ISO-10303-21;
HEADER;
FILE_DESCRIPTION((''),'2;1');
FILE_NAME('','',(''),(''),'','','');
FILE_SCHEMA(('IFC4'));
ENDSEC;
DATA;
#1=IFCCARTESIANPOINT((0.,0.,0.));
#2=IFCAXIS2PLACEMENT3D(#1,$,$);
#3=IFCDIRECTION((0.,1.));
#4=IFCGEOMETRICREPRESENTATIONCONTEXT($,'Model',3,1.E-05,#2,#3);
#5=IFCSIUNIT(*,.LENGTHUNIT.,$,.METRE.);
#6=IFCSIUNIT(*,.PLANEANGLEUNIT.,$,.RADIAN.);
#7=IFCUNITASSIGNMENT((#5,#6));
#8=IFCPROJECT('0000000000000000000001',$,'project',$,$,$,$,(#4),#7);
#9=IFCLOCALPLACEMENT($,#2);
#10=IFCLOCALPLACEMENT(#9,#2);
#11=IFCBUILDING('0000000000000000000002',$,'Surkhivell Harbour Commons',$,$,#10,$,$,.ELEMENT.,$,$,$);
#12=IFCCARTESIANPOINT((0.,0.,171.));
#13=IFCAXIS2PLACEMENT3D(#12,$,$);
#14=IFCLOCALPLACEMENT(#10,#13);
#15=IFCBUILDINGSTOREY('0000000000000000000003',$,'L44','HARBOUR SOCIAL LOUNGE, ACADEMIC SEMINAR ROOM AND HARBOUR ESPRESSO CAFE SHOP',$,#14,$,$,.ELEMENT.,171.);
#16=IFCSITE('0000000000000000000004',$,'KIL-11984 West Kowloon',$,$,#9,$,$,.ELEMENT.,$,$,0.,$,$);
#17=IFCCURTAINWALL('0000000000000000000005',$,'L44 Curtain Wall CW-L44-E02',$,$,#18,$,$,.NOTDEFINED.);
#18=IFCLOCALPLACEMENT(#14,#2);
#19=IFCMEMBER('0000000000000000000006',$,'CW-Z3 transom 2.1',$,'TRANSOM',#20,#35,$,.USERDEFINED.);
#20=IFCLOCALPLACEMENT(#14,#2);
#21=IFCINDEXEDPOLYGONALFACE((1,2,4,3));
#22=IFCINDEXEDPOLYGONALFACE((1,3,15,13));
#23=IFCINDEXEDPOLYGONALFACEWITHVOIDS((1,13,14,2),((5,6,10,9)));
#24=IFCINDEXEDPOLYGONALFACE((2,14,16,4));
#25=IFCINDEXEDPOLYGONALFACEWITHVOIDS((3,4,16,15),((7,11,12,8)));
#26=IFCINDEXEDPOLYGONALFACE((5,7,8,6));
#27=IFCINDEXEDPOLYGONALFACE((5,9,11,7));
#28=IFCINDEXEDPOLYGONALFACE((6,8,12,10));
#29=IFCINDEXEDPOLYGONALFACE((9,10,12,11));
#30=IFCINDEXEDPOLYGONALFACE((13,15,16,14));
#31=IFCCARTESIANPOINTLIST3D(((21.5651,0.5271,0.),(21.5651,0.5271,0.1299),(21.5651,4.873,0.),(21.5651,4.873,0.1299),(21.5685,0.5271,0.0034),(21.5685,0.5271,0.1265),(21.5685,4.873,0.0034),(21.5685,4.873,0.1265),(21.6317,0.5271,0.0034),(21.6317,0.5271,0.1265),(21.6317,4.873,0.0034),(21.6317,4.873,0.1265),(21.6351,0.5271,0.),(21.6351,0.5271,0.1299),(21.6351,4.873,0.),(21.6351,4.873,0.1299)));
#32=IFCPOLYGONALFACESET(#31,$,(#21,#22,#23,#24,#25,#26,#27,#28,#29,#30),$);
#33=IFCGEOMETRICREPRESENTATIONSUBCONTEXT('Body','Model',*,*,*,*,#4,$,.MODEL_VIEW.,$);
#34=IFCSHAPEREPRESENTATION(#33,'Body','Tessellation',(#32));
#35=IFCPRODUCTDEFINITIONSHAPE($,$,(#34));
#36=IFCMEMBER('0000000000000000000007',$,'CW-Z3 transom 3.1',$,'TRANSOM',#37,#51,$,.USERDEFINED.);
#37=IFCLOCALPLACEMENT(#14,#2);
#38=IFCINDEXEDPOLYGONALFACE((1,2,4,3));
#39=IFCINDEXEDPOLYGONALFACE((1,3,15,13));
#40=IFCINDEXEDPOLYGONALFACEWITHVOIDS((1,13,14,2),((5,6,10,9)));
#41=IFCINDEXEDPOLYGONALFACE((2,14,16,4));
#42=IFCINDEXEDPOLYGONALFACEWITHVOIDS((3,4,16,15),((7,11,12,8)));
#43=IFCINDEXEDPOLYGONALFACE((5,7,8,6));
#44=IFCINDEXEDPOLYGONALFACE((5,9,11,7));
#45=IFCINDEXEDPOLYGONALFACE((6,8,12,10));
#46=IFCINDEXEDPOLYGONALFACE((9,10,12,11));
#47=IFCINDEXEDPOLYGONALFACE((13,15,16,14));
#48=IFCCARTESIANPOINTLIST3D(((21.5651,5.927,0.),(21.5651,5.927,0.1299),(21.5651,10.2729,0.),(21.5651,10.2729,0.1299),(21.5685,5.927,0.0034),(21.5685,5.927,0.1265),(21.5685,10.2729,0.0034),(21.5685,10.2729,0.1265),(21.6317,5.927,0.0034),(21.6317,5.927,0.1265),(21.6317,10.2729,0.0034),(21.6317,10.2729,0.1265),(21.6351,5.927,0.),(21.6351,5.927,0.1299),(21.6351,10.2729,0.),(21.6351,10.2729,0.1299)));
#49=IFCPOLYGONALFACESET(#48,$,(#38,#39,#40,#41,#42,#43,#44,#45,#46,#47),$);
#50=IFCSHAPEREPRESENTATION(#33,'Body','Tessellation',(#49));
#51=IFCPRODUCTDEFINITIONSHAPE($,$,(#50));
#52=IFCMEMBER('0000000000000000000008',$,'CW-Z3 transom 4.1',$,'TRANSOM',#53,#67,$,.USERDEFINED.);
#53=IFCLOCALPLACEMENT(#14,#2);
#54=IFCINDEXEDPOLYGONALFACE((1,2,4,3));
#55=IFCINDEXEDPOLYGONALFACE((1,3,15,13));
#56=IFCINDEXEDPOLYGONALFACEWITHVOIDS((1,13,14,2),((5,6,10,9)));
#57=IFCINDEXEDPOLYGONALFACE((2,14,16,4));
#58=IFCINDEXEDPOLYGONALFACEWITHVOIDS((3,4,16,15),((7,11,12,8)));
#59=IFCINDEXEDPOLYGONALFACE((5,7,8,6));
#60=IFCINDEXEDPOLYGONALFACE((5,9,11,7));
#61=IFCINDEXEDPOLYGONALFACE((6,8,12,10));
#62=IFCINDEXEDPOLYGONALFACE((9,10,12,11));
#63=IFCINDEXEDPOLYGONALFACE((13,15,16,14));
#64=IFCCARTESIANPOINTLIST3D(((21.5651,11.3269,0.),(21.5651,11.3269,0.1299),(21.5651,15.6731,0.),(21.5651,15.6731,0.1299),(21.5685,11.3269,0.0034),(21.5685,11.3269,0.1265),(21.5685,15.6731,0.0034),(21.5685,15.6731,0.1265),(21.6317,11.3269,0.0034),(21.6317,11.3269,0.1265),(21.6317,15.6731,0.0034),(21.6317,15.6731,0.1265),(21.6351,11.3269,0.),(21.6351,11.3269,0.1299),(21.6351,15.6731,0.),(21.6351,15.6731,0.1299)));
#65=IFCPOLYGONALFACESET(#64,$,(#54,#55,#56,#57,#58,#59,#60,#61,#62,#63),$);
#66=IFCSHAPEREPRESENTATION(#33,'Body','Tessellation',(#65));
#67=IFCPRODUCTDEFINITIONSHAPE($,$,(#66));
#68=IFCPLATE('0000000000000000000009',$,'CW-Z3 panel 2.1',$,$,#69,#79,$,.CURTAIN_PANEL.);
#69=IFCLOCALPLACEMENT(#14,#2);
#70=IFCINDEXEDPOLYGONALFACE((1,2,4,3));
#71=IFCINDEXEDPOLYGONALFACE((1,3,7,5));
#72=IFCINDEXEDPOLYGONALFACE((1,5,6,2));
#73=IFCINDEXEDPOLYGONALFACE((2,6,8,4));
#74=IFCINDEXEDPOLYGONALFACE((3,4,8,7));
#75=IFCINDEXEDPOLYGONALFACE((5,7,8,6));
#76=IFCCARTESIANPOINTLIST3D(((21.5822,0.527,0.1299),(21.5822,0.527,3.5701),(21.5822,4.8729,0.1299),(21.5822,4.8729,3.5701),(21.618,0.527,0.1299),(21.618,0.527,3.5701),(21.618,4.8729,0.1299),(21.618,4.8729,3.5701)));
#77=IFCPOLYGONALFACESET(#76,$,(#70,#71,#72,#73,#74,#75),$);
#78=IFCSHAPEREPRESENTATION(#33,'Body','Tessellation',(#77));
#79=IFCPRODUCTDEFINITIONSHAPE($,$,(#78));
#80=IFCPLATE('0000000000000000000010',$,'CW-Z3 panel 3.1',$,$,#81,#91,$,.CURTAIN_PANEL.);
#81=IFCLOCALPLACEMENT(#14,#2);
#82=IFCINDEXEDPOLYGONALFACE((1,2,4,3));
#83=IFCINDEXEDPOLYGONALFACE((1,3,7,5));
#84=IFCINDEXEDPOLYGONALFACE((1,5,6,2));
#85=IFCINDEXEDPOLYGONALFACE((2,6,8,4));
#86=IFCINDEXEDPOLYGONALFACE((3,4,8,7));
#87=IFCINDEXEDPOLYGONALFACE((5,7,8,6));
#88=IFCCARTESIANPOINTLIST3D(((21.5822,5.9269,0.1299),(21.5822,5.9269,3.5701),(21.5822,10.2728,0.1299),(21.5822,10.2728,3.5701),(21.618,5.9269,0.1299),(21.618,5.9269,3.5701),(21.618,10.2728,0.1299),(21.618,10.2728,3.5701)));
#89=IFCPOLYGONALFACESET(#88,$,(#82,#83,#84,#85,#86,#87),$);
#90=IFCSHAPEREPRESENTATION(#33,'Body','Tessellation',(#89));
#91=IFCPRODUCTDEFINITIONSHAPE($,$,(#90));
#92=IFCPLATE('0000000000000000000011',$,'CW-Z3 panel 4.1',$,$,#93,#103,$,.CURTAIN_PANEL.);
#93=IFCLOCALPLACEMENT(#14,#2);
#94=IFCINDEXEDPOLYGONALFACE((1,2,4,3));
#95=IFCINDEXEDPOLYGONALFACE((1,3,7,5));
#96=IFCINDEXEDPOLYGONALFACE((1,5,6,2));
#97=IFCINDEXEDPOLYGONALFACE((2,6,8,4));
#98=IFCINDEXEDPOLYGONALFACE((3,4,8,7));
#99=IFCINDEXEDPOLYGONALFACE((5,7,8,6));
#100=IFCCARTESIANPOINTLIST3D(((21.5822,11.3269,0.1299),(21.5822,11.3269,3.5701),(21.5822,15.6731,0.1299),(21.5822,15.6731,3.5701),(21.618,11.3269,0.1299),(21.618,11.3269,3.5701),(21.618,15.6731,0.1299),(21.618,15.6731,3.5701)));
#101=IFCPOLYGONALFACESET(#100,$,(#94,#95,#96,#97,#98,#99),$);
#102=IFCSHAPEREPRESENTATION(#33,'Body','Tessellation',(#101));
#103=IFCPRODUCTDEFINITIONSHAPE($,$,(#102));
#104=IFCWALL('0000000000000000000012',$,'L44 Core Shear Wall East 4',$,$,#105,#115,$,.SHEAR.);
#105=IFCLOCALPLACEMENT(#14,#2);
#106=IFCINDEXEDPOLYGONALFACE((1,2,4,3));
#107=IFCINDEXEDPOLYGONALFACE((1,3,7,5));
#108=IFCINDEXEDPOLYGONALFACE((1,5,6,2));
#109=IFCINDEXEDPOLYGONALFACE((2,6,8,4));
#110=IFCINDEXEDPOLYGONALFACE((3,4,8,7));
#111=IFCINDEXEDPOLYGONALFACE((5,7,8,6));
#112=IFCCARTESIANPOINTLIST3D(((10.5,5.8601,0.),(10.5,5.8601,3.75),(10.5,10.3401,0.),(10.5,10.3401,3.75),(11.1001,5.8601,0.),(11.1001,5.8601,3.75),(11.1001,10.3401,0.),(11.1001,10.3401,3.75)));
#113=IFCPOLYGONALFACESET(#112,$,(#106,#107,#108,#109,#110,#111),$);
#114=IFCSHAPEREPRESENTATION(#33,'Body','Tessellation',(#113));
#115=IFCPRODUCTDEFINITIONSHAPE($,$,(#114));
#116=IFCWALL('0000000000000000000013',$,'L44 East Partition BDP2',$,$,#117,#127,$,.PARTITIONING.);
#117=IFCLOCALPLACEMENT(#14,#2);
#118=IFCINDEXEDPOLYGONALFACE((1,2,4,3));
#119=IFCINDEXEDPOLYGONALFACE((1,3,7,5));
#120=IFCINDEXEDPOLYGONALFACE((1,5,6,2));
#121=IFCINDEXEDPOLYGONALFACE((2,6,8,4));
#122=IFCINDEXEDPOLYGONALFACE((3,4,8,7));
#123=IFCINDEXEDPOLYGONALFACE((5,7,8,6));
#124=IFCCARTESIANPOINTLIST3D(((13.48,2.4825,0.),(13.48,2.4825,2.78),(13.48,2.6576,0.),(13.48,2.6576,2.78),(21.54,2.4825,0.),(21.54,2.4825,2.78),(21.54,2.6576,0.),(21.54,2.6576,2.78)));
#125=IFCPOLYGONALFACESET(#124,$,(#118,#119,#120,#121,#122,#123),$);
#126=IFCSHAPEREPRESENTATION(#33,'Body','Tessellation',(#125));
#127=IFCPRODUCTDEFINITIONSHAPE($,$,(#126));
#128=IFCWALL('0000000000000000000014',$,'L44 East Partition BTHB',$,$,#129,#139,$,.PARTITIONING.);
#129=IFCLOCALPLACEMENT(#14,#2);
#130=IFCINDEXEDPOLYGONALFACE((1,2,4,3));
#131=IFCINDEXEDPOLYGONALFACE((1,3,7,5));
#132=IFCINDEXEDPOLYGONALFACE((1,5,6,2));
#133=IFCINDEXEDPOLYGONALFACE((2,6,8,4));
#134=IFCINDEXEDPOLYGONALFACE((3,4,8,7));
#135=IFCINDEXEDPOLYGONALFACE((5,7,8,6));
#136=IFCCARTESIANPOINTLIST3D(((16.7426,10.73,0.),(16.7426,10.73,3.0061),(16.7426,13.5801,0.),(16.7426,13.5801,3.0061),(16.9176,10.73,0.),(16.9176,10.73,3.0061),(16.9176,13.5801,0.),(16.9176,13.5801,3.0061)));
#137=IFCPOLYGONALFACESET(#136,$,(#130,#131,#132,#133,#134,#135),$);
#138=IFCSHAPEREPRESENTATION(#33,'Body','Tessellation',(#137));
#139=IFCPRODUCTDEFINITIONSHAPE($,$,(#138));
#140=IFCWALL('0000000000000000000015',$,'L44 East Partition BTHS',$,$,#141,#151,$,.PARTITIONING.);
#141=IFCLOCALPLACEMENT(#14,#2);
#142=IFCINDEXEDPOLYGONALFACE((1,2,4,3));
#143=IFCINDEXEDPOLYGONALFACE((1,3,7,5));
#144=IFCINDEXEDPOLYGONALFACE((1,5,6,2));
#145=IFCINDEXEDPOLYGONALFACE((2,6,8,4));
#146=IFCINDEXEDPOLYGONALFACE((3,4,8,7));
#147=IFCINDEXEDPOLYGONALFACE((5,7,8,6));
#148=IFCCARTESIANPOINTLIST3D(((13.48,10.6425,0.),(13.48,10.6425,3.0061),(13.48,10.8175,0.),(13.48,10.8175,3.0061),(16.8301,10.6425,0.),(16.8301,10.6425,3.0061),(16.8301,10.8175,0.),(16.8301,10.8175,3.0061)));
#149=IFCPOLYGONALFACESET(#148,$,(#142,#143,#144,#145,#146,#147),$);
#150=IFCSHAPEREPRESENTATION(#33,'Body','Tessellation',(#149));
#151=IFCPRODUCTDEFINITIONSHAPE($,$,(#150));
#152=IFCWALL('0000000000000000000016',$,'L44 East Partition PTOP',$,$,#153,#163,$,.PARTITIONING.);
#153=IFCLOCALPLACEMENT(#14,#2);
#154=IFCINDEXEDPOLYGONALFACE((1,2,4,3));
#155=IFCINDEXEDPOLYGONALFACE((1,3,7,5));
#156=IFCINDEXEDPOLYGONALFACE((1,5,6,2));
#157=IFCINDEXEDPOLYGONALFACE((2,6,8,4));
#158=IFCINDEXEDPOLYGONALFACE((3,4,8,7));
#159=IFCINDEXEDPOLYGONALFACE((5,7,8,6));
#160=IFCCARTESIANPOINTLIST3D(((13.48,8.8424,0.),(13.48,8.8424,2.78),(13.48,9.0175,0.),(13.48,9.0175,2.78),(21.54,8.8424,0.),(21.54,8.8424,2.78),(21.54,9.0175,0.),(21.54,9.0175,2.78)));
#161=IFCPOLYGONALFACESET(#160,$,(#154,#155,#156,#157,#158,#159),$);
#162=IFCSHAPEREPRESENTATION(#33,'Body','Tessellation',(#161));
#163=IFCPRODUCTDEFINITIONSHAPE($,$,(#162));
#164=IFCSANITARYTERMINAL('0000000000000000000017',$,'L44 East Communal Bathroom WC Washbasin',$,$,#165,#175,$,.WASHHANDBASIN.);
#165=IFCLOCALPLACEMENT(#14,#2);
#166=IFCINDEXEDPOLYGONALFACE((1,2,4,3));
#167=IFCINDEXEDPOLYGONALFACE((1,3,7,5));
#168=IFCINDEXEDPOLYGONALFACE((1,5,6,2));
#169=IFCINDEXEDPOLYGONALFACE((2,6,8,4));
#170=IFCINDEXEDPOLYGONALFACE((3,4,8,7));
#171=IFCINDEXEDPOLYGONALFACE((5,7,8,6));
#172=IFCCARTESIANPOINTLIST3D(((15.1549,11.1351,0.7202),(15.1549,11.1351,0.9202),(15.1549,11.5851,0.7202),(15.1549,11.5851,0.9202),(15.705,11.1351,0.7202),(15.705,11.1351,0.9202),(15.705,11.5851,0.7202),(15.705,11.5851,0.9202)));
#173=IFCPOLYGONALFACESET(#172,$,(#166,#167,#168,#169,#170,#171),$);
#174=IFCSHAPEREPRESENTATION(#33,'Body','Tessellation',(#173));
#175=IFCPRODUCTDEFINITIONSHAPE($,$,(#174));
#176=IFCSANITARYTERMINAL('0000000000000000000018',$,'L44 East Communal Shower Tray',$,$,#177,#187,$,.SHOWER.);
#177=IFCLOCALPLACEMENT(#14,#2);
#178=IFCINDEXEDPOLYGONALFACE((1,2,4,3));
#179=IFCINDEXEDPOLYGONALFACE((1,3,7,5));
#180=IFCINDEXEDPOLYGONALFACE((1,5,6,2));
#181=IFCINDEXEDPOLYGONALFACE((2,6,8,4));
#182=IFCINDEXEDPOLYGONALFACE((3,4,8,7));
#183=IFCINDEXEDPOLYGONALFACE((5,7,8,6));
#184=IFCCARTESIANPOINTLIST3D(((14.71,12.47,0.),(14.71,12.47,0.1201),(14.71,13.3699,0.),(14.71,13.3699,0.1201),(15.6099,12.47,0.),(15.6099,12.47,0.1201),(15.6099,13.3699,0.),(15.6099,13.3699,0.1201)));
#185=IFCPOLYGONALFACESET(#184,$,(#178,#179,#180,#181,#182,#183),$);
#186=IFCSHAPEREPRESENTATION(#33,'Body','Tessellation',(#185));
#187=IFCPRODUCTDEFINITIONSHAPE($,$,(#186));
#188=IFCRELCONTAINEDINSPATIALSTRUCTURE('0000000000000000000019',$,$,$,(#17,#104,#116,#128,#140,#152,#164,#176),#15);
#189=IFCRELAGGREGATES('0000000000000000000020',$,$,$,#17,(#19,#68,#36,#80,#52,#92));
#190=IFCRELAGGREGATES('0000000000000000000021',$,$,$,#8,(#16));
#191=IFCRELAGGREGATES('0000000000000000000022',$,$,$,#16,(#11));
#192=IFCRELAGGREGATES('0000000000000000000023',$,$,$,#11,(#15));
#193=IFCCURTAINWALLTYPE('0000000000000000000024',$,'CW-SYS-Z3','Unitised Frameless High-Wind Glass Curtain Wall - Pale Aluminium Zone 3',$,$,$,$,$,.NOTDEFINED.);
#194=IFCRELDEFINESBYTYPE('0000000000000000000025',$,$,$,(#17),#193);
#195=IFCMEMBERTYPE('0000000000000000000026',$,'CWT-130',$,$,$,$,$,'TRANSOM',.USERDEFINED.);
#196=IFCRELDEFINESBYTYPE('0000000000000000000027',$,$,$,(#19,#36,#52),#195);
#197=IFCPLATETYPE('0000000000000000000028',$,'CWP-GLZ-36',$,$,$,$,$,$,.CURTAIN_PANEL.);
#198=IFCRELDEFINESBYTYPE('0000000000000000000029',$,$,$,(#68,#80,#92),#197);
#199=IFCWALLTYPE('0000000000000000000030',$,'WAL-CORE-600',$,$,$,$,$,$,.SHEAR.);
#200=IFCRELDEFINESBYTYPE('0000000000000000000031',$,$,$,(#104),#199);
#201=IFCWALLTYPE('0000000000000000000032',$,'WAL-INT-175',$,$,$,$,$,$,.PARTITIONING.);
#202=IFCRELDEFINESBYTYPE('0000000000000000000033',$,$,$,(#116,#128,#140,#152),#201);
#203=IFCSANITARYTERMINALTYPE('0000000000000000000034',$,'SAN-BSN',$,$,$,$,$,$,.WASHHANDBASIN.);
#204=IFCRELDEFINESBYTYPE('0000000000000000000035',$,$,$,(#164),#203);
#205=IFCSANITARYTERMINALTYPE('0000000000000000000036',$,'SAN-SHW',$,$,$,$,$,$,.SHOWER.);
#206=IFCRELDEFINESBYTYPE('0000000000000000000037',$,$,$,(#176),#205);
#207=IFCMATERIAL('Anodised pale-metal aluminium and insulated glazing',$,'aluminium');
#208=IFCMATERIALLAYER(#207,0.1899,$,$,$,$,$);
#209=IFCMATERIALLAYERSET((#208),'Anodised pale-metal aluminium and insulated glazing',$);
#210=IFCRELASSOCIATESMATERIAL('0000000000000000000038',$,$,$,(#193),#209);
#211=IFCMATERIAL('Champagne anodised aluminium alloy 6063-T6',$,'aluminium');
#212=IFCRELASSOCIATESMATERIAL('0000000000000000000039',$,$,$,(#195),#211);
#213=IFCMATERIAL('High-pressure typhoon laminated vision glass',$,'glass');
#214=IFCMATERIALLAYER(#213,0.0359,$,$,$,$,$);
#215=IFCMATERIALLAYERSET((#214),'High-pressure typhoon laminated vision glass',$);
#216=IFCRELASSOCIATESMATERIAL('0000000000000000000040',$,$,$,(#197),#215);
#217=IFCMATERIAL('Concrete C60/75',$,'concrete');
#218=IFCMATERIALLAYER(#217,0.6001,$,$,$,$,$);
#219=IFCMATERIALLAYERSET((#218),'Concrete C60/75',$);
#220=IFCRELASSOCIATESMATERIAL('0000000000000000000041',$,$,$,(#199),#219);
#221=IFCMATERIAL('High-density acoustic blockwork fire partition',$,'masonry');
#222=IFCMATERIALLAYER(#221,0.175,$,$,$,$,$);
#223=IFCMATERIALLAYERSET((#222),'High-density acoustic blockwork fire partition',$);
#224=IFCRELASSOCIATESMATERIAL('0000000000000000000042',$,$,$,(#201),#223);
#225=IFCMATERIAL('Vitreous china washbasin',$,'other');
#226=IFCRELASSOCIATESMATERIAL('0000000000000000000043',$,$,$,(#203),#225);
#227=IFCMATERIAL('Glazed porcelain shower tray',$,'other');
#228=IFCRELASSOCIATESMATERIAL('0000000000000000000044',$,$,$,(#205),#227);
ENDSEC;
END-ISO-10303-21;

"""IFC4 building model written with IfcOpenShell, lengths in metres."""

from ifc_helpers import new_model, si_unit, direction, frame, frame_2d, origin, origin_2d, place, context, subcontext, project, spatial, rectangle, hollow_rectangle, extrude, material, layer, layer_set, material_profile, profile_set, type_object, element, aggregate, save


model = new_model("IFC4")

# Units and contexts
model_context = context("Model", 3, precision=1e-05, world=origin(), true_north=direction((0.0, 1.0)))
body_context = subcontext(model_context, "Body", "Model", "MODEL_VIEW")
ifc_project = project(units=[si_unit("LENGTHUNIT", "METRE"), si_unit("PLANEANGLEUNIT", "RADIAN")], contexts=[model_context])

# Site, building, storey
site_placement = place(None, origin())
site = spatial("IfcSite", under=ifc_project, at=site_placement, Name="KIL-11984 West Kowloon", CompositionType="ELEMENT", RefElevation=0.0)
building_placement = place(site_placement, origin())
building = spatial("IfcBuilding", under=site, at=building_placement, Name="Surkhivell Harbour Commons", CompositionType="ELEMENT")
storey_placement = place(building_placement, frame((0.0, 0.0, 171.0)))
storey = spatial("IfcBuildingStorey", under=building, at=storey_placement, Name="L44", Description="HARBOUR SOCIAL LOUNGE, ACADEMIC SEMINAR ROOM AND HARBOUR ESPRESSO CAFE SHOP", CompositionType="ELEMENT", Elevation=171.0)

# Shared definitions
ifc_material_1 = material(Name="Concrete C60/75", Category="concrete")

# Curtain wall, members, plates
ifc_material_2 = material(Name="Anodised pale-metal aluminium and insulated glazing", Category="aluminium")
ifc_layer_1 = layer(ifc_material_2, 0.1899)
ifc_layer_set_1 = layer_set([ifc_layer_1], Name="Anodised pale-metal aluminium and insulated glazing")
curtain_wall_type = type_object("IfcCurtainWallType", Name="CW-SYS-Z3", Description="Unitised Frameless High-Wind Glass Curtain Wall - Pale Aluminium Zone 3", PredefinedType="NOTDEFINED", material=ifc_layer_set_1)
curtain_wall_placement = place(storey_placement, origin())
curtain_wall = element("IfcCurtainWall", 1, at=curtain_wall_placement, inside=storey, type_object=curtain_wall_type, Name="L44 Curtain Wall CW-L44-E02", PredefinedType="NOTDEFINED")
ifc_material_3 = material(Name="Champagne anodised aluminium alloy 6063-T6", Category="aluminium")
ifc_material_profile_1 = material_profile(ifc_material_3, hollow_rectangle(XDim=0.0701, YDim=0.1299, WallThickness=0.0034, at=origin_2d()), Name="ALU-TRAN-70x130")
ifc_profile_set_1 = profile_set([ifc_material_profile_1], Name="Champagne anodised aluminium alloy 6063-T6")
member_type_1 = type_object("IfcMemberType", Name="CWT-130", ElementType="TRANSOM", PredefinedType="USERDEFINED", material=ifc_profile_set_1)
member_1_placement = place(storey_placement, frame((21.6001, 0.5271, 0.0649), z_axis=(0.0, 1.0, 0.0), x_axis=(-1.0, 0.0, 0.0)))
member_1 = element("IfcMember", 2, at=member_1_placement, type_object=member_type_1, Name="CW-Z3 transom 2.1", ObjectType="TRANSOM", PredefinedType="USERDEFINED", context=body_context, shape_type="SweptSolid", body=[
    extrude(hollow_rectangle(XDim=0.0701, YDim=0.1299, WallThickness=0.0034, at=origin_2d()), origin(), (0.0, 0.0, 1.0), 4.3459),
])
member_2_placement = place(storey_placement, frame((21.6001, 5.927, 0.0649), z_axis=(0.0, 1.0, 0.0), x_axis=(-1.0, 0.0, 0.0)))
member_2 = element("IfcMember", 3, at=member_2_placement, type_object=member_type_1, Name="CW-Z3 transom 3.1", ObjectType="TRANSOM", PredefinedType="USERDEFINED", context=body_context, shape_type="SweptSolid", body=[
    extrude(hollow_rectangle(XDim=0.0701, YDim=0.1299, WallThickness=0.0034, at=origin_2d()), origin(), (0.0, 0.0, 1.0), 4.3459),
])
member_3_placement = place(storey_placement, frame((21.6001, 11.3269, 0.0649), z_axis=(0.0, 1.0, 0.0), x_axis=(-1.0, 0.0, 0.0)))
member_3 = element("IfcMember", 4, at=member_3_placement, type_object=member_type_1, Name="CW-Z3 transom 4.1", ObjectType="TRANSOM", PredefinedType="USERDEFINED", context=body_context, shape_type="SweptSolid", body=[
    extrude(hollow_rectangle(XDim=0.0701, YDim=0.1299, WallThickness=0.0034, at=origin_2d()), origin(), (0.0, 0.0, 1.0), 4.3462),
])
ifc_material_4 = material(Name="High-pressure typhoon laminated vision glass", Category="glass")
ifc_layer_2 = layer(ifc_material_4, 0.0359)
ifc_layer_set_2 = layer_set([ifc_layer_2], Name="High-pressure typhoon laminated vision glass")
plate_type = type_object("IfcPlateType", Name="CWP-GLZ-36", PredefinedType="CURTAIN_PANEL", material=ifc_layer_set_2)
plate_1_placement = place(storey_placement, frame((21.6001, 0.5271, 0.1299), z_axis=(0.0, 0.0, 1.0), x_axis=(0.0, 1.0, 0.0)))
plate_1 = element("IfcPlate", 5, at=plate_1_placement, type_object=plate_type, Name="CW-Z3 panel 2.1", PredefinedType="CURTAIN_PANEL", context=body_context, shape_type="SweptSolid", body=[
    extrude(rectangle(XDim=4.3459, YDim=0.0359, at=frame_2d((2.1729, 0.0))), origin(), (0.0, 0.0, 1.0), 3.4402),
])
plate_2_placement = place(storey_placement, frame((21.6001, 5.927, 0.1299), z_axis=(0.0, 0.0, 1.0), x_axis=(0.0, 1.0, 0.0)))
plate_2 = element("IfcPlate", 6, at=plate_2_placement, type_object=plate_type, Name="CW-Z3 panel 3.1", PredefinedType="CURTAIN_PANEL", context=body_context, shape_type="SweptSolid", body=[
    extrude(rectangle(XDim=4.3459, YDim=0.0359, at=frame_2d((2.1729, 0.0))), origin(), (0.0, 0.0, 1.0), 3.4402),
])
plate_3_placement = place(storey_placement, frame((21.6001, 11.3269, 0.1299), z_axis=(0.0, 0.0, 1.0), x_axis=(0.0, 1.0, 0.0)))
plate_3 = element("IfcPlate", 7, at=plate_3_placement, type_object=plate_type, Name="CW-Z3 panel 4.1", PredefinedType="CURTAIN_PANEL", context=body_context, shape_type="SweptSolid", body=[
    extrude(rectangle(XDim=4.3462, YDim=0.0359, at=frame_2d((2.1731, 0.0))), origin(), (0.0, 0.0, 1.0), 3.4402),
])
aggregate(curtain_wall, [member_1, plate_1, member_2, plate_2, member_3, plate_3])

# Walls
ifc_layer_3 = layer(ifc_material_1, 0.6001)
ifc_layer_set_3 = layer_set([ifc_layer_3], Name="Concrete C60/75")
wall_type_1 = type_object("IfcWallType", Name="WAL-CORE-600", PredefinedType="SHEAR", material=ifc_layer_set_3)
wall_1_placement = place(storey_placement, frame((10.8, 5.8601, 0.0), z_axis=(0.0, 0.0, 1.0), x_axis=(0.0, 1.0, 0.0)))
element("IfcWall", 8, at=wall_1_placement, inside=storey, type_object=wall_type_1, Name="L44 Core Shear Wall East 4", PredefinedType="SHEAR", context=body_context, shape_type="SweptSolid", body=[
    extrude(rectangle(XDim=4.48, YDim=0.6001, at=frame_2d((2.24, 0.0))), origin(), (0.0, 0.0, 1.0), 3.75),
])
ifc_material_5 = material(Name="High-density acoustic blockwork fire partition", Category="masonry")
ifc_layer_4 = layer(ifc_material_5, 0.175)
ifc_layer_set_4 = layer_set([ifc_layer_4], Name="High-density acoustic blockwork fire partition")
wall_type_2 = type_object("IfcWallType", Name="WAL-INT-175", PredefinedType="PARTITIONING", material=ifc_layer_set_4)
wall_2_placement = place(storey_placement, frame((13.48, 2.5701, 0.0), z_axis=(0.0, 0.0, 1.0), x_axis=(1.0, 0.0, 0.0)))
element("IfcWall", 9, at=wall_2_placement, inside=storey, type_object=wall_type_2, Name="L44 East Partition BDP2", PredefinedType="PARTITIONING", context=body_context, shape_type="SweptSolid", body=[
    extrude(rectangle(XDim=8.0601, YDim=0.175, at=frame_2d((4.03, 0.0))), origin(), (0.0, 0.0, 1.0), 2.78),
])
wall_3_placement = place(storey_placement, frame((16.8301, 10.73, 0.0), z_axis=(0.0, 0.0, 1.0), x_axis=(0.0, 1.0, 0.0)))
element("IfcWall", 10, at=wall_3_placement, inside=storey, type_object=wall_type_2, Name="L44 East Partition BTHB", PredefinedType="PARTITIONING", context=body_context, shape_type="SweptSolid", body=[
    extrude(rectangle(XDim=2.8501, YDim=0.175, at=frame_2d((1.425, 0.0))), origin(), (0.0, 0.0, 1.0), 3.0061),
])
wall_4_placement = place(storey_placement, frame((13.48, 10.73, 0.0), z_axis=(0.0, 0.0, 1.0), x_axis=(1.0, 0.0, 0.0)))
element("IfcWall", 11, at=wall_4_placement, inside=storey, type_object=wall_type_2, Name="L44 East Partition BTHS", PredefinedType="PARTITIONING", context=body_context, shape_type="SweptSolid", body=[
    extrude(rectangle(XDim=3.3501, YDim=0.175, at=frame_2d((1.675, 0.0))), origin(), (0.0, 0.0, 1.0), 3.0061),
])
wall_5_placement = place(storey_placement, frame((13.48, 8.9299, 0.0), z_axis=(0.0, 0.0, 1.0), x_axis=(1.0, 0.0, 0.0)))
element("IfcWall", 12, at=wall_5_placement, inside=storey, type_object=wall_type_2, Name="L44 East Partition PTOP", PredefinedType="PARTITIONING", context=body_context, shape_type="SweptSolid", body=[
    extrude(rectangle(XDim=8.0601, YDim=0.175, at=frame_2d((4.03, 0.0))), origin(), (0.0, 0.0, 1.0), 2.78),
])

# Sanitary terminals
ifc_material_6 = material(Name="Vitreous china washbasin", Category="other")
sanitary_terminal_type_1 = type_object("IfcSanitaryTerminalType", Name="SAN-BSN", PredefinedType="WASHHANDBASIN", material=ifc_material_6)
sanitary_terminal_1_placement = place(storey_placement, frame((15.4299, 11.3601, 0.7202), z_axis=(0.0, 0.0, 1.0), x_axis=(1.0, 0.0, 0.0)))
element("IfcSanitaryTerminal", 13, at=sanitary_terminal_1_placement, inside=storey, type_object=sanitary_terminal_type_1, Name="L44 East Communal Bathroom WC Washbasin", PredefinedType="WASHHANDBASIN", context=body_context, shape_type="SweptSolid", body=[
    extrude(rectangle(XDim=0.55, YDim=0.45, at=origin_2d()), origin(), (0.0, 0.0, 1.0), 0.2),
])
ifc_material_7 = material(Name="Glazed porcelain shower tray", Category="other")
sanitary_terminal_type_2 = type_object("IfcSanitaryTerminalType", Name="SAN-SHW", PredefinedType="SHOWER", material=ifc_material_7)
sanitary_terminal_2_placement = place(storey_placement, frame((15.1599, 12.9199, 0.0), z_axis=(0.0, 0.0, 1.0), x_axis=(1.0, 0.0, 0.0)))
element("IfcSanitaryTerminal", 14, at=sanitary_terminal_2_placement, inside=storey, type_object=sanitary_terminal_type_2, Name="L44 East Communal Shower Tray", PredefinedType="SHOWER", context=body_context, shape_type="SweptSolid", body=[
    extrude(rectangle(XDim=0.8999, YDim=0.8999, at=origin_2d()), origin(), (0.0, 0.0, 1.0), 0.1201),
])

save(model, "model.ifc")
